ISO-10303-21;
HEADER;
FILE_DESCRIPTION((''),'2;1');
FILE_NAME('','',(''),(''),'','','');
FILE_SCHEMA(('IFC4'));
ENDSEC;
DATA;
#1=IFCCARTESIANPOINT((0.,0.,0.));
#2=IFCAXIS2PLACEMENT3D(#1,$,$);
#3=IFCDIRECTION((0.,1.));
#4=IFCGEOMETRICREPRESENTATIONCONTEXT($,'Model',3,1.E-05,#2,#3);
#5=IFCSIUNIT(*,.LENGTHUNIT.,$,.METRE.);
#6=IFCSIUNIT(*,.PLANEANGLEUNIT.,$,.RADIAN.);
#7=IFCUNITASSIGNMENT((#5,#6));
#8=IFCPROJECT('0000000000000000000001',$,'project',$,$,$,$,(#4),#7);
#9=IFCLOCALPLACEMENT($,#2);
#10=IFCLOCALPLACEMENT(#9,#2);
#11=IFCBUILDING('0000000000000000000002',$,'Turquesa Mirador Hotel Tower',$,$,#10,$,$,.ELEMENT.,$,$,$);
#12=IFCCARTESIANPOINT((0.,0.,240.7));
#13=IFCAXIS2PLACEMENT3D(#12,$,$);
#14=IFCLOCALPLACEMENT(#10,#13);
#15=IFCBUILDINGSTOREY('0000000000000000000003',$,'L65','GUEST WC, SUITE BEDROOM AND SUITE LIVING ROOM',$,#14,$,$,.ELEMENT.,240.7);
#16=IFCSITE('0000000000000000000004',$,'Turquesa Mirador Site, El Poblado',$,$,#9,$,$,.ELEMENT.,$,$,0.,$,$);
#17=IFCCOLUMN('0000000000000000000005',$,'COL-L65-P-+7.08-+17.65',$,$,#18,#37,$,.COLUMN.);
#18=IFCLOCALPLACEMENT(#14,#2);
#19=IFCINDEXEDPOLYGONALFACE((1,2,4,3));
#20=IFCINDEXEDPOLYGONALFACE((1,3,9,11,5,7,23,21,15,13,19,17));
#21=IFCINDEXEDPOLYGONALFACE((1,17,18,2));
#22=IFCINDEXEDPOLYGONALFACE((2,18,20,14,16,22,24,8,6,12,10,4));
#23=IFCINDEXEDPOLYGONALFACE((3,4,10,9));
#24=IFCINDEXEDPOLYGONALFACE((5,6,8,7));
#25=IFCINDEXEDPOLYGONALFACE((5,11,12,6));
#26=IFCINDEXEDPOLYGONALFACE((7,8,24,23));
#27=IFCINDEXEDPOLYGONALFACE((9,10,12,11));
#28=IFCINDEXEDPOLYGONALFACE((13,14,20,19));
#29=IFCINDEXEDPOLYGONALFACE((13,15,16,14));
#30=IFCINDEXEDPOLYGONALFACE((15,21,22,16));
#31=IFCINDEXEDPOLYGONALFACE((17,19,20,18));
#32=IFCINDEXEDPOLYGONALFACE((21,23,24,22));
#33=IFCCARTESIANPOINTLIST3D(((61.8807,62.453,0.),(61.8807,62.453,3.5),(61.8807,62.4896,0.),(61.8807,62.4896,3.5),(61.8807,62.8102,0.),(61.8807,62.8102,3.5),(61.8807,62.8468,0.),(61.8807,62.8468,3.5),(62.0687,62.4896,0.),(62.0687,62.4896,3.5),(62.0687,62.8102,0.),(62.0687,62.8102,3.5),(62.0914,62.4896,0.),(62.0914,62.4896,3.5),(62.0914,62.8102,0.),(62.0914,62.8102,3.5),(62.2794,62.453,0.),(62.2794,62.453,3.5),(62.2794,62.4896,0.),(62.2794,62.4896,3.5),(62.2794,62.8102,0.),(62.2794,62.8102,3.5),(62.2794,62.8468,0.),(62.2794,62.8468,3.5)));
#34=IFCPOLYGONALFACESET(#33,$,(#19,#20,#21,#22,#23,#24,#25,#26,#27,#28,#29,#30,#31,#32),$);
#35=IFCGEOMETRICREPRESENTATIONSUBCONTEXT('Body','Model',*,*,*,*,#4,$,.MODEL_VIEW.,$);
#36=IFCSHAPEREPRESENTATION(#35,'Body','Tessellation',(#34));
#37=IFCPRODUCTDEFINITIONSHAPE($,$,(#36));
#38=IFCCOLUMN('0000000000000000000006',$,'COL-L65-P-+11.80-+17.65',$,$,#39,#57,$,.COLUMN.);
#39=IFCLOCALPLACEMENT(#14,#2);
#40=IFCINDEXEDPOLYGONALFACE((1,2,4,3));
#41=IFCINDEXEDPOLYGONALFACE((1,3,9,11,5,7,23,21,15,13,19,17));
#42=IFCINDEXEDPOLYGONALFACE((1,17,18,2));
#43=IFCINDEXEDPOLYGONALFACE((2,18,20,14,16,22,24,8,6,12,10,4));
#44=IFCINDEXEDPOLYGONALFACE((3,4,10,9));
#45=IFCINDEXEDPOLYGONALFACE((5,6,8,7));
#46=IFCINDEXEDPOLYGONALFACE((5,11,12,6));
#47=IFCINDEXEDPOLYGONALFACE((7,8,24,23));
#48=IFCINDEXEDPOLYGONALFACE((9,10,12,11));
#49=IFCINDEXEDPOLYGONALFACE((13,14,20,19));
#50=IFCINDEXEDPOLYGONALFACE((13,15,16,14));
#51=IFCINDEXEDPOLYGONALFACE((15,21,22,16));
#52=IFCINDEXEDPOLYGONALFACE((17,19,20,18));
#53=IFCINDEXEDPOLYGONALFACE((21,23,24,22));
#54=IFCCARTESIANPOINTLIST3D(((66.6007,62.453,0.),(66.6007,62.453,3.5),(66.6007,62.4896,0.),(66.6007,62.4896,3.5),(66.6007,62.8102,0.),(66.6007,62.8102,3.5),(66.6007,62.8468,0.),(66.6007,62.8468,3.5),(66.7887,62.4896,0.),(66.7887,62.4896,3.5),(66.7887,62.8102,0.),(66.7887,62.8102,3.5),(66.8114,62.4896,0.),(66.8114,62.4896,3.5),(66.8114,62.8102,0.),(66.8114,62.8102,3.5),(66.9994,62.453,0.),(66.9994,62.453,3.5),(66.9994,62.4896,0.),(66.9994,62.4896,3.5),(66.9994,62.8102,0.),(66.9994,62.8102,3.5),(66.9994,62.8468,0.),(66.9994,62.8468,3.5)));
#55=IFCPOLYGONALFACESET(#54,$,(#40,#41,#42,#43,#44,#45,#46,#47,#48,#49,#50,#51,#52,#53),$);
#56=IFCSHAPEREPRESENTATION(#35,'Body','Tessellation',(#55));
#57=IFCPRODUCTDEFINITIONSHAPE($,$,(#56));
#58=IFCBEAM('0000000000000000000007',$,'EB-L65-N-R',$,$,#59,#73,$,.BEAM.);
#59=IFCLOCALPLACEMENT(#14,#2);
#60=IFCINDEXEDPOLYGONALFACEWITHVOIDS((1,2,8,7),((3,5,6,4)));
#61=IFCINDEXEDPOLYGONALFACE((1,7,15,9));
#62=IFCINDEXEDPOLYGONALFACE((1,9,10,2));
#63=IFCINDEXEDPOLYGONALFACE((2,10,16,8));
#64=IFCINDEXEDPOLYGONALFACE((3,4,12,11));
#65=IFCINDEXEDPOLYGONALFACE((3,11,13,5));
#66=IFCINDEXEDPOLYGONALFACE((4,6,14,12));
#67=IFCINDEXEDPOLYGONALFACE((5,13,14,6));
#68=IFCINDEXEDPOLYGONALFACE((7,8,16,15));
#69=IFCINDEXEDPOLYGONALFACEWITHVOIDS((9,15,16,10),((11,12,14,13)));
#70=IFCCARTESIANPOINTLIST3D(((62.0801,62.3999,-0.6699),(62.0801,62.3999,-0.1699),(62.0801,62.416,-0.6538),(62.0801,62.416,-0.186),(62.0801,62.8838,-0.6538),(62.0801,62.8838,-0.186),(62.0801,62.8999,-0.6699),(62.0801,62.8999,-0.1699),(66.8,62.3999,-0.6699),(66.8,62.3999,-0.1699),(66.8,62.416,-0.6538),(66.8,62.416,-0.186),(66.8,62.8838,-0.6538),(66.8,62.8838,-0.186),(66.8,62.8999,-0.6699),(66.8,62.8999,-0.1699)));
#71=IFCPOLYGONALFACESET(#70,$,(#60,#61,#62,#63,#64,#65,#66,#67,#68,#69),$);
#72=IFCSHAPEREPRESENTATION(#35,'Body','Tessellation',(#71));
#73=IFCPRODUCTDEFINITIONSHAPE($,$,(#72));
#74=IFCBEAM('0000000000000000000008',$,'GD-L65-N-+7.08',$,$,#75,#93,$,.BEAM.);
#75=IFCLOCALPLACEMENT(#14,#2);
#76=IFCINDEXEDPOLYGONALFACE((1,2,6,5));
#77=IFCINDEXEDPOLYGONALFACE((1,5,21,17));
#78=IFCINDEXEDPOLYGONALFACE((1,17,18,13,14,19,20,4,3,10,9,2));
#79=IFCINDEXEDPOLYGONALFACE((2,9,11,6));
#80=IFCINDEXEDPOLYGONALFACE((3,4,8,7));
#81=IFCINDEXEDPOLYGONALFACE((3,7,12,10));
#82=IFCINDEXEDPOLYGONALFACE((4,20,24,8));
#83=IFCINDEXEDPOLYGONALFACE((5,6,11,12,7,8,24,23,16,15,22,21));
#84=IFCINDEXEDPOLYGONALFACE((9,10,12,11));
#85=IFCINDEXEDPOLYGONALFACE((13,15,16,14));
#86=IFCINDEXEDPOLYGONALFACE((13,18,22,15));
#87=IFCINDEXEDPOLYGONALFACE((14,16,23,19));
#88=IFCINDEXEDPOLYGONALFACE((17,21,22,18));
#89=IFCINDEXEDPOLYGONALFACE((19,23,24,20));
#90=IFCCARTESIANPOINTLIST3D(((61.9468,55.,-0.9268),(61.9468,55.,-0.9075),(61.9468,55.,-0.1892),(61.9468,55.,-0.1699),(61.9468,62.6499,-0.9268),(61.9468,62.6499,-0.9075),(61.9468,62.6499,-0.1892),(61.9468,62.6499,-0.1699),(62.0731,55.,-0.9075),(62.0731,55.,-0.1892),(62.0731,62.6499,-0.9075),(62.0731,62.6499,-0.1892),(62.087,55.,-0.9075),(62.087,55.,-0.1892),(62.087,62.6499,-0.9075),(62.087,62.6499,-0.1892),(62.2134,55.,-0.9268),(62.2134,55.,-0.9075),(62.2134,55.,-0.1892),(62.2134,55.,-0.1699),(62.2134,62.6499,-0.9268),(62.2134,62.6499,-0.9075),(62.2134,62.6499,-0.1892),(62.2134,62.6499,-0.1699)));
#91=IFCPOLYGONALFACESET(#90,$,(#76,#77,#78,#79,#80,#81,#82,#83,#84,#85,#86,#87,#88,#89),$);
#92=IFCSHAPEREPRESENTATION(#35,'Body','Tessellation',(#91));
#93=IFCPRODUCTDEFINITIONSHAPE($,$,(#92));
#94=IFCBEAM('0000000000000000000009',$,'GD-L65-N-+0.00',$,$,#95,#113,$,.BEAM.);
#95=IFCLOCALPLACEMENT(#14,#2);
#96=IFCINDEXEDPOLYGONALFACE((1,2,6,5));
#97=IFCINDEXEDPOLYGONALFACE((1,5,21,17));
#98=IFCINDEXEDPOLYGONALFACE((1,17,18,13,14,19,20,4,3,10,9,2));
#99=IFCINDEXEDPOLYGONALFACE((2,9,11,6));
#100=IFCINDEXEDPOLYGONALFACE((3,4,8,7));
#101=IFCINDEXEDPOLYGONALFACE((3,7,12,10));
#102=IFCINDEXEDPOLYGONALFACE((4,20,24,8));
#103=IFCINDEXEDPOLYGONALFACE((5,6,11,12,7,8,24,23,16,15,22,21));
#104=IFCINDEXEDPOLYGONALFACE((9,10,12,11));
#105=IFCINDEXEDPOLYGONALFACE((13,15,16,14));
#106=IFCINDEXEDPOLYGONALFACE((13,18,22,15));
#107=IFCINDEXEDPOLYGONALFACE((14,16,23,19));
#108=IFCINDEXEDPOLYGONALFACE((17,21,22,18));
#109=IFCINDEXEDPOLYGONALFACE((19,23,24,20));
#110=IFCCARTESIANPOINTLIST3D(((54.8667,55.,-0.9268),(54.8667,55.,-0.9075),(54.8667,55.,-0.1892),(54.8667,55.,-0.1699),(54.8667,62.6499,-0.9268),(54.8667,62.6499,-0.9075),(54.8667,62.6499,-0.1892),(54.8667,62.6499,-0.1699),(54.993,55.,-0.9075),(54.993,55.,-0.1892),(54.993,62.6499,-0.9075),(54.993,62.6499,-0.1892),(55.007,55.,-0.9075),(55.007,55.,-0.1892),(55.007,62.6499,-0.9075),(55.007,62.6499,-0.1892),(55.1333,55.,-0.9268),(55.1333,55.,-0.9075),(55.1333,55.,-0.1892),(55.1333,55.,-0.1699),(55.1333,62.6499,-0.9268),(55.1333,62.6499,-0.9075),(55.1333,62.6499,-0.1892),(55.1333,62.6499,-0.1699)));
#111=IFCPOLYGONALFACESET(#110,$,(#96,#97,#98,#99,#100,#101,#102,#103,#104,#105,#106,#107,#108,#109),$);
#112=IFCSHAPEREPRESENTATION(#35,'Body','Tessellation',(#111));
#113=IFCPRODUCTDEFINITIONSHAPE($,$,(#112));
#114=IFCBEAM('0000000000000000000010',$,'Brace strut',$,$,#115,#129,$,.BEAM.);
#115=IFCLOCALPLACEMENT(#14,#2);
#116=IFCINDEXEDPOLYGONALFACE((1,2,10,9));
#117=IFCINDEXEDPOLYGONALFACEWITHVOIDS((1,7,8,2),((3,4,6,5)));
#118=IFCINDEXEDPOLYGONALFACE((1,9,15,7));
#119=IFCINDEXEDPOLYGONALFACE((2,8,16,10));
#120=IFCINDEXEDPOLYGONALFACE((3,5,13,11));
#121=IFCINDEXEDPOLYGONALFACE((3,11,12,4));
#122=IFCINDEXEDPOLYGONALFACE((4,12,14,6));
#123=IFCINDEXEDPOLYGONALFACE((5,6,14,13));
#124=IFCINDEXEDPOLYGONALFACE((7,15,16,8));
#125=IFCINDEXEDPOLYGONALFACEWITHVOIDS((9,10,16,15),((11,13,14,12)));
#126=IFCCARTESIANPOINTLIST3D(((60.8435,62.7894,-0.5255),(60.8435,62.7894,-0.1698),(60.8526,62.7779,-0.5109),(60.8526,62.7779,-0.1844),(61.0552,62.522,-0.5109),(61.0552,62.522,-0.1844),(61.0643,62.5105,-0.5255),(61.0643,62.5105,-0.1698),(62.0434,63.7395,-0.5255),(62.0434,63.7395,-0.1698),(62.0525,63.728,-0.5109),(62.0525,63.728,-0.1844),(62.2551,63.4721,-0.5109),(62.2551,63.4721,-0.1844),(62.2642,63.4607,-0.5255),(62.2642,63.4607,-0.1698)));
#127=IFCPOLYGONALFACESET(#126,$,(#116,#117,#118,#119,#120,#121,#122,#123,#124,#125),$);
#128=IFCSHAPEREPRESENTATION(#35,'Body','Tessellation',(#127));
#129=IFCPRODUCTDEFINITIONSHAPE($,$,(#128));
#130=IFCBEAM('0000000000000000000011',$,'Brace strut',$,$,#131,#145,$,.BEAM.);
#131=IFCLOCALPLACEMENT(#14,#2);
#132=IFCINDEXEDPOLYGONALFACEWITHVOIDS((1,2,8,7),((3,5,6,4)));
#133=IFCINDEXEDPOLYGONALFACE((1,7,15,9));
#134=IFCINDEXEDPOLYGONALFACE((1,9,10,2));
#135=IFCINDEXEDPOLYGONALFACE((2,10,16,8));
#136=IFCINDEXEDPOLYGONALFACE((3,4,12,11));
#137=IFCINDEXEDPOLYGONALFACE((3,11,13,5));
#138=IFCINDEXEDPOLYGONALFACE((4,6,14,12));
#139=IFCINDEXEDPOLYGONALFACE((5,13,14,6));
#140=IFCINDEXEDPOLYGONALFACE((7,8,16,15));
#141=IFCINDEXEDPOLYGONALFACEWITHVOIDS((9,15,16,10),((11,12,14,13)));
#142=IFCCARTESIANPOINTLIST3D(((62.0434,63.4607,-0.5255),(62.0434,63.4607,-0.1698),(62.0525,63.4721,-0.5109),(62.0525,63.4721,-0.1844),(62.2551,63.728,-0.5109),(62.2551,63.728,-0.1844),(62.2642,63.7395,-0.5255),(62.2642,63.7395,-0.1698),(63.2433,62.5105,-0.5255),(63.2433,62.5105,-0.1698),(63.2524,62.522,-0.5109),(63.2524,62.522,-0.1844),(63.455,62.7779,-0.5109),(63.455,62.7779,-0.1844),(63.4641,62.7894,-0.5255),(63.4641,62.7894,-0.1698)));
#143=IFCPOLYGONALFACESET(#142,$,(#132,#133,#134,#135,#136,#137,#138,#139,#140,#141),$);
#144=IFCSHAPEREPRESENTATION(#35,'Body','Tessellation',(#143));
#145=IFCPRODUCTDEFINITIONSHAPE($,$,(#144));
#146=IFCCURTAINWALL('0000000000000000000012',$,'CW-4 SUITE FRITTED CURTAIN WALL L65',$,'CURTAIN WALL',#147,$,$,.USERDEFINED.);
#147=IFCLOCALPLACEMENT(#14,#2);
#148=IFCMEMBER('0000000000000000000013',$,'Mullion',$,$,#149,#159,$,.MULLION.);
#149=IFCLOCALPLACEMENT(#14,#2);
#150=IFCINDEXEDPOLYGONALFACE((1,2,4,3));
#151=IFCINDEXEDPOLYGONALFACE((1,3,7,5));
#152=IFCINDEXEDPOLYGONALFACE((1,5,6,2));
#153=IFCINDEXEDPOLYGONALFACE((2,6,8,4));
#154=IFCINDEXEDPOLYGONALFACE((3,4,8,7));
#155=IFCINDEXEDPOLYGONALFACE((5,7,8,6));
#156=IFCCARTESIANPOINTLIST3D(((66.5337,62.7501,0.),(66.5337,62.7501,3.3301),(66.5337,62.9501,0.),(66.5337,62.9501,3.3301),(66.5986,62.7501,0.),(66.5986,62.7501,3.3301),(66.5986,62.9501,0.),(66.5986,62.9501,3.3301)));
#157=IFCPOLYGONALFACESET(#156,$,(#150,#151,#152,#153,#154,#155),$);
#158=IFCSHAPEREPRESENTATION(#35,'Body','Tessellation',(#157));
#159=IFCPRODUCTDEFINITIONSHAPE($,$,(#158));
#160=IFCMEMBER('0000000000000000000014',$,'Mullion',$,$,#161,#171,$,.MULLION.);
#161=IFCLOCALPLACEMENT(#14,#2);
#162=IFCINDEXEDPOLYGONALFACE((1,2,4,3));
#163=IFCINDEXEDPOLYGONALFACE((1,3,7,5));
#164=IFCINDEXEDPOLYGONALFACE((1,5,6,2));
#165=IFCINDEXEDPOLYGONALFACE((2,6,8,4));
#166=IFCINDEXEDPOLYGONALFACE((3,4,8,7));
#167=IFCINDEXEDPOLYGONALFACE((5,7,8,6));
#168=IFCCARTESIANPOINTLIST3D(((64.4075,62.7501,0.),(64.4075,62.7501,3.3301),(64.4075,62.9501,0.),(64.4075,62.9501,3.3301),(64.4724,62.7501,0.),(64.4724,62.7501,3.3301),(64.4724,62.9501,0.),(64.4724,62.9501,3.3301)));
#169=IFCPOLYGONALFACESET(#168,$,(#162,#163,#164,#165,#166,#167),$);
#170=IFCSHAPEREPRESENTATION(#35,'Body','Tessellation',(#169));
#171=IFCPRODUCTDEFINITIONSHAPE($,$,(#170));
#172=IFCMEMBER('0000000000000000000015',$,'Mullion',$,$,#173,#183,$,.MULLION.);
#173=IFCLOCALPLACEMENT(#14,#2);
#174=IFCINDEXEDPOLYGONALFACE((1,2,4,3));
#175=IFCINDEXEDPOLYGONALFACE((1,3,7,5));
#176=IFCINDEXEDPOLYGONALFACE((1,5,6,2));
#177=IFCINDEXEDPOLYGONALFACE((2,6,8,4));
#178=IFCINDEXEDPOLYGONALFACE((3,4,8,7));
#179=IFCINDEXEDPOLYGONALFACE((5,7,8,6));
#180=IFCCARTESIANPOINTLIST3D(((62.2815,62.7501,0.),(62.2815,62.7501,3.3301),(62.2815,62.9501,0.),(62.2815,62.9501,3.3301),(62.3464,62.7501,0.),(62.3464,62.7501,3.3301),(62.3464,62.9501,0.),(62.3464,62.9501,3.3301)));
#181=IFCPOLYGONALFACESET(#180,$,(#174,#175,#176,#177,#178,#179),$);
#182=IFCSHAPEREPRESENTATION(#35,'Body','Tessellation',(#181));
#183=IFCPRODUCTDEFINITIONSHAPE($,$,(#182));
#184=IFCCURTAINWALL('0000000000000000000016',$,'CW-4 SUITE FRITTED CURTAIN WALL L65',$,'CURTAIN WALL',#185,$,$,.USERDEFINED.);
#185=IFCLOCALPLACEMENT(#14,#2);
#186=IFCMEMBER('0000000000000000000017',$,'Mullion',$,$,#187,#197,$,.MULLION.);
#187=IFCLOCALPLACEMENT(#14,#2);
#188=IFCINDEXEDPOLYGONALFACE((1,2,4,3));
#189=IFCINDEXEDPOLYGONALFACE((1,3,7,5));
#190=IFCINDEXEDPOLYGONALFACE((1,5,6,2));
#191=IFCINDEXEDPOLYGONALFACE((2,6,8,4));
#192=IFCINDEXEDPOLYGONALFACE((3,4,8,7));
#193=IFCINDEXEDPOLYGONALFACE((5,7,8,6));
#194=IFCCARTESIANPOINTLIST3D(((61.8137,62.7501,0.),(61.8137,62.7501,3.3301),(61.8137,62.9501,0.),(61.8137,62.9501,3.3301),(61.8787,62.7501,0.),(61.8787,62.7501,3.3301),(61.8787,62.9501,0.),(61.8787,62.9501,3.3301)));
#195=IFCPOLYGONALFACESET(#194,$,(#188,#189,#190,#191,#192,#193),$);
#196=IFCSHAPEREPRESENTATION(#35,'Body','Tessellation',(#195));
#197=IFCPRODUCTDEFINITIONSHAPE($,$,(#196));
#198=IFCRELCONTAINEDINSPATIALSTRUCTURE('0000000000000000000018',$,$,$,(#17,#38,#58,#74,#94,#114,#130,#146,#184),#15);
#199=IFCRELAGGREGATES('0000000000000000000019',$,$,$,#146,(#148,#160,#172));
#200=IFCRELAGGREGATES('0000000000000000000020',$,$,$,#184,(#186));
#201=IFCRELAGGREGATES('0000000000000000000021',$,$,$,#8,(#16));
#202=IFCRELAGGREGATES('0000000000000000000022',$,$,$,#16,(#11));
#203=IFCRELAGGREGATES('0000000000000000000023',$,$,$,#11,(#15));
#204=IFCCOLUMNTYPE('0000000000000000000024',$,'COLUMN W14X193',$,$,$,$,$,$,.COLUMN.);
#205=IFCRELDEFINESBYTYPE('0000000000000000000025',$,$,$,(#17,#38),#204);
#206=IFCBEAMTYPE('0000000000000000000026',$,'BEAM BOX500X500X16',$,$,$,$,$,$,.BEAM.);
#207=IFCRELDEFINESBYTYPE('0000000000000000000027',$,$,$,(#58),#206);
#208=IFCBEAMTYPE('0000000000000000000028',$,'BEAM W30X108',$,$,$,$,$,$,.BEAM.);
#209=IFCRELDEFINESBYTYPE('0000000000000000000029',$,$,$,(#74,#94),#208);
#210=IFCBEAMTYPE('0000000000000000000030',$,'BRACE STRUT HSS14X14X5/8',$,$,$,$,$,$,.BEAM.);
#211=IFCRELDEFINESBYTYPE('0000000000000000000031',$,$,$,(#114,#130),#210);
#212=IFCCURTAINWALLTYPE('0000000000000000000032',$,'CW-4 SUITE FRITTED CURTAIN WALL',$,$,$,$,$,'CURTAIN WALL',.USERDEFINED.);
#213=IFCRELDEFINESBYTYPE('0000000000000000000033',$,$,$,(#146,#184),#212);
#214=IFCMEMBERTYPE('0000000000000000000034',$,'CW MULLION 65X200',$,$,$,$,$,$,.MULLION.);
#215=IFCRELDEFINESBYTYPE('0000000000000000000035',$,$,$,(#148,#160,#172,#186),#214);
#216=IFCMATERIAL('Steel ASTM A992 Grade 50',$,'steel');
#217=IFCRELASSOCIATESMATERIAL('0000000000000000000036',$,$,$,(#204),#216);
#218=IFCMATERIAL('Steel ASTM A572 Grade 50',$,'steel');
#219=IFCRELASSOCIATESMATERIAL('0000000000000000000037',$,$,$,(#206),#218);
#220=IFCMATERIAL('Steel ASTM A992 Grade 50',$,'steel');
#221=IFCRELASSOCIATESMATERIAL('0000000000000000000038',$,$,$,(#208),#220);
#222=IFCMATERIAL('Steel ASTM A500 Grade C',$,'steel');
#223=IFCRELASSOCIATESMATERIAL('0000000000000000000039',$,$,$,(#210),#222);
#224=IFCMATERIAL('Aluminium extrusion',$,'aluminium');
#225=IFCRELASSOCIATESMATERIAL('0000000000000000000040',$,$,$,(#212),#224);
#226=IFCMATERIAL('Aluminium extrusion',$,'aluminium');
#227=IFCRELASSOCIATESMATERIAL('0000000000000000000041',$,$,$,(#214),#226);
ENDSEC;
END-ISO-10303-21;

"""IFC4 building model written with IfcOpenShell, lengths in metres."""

from ifc_helpers import new_model, si_unit, direction, frame, origin, origin_2d, place, context, subcontext, project, spatial, rectangle, hollow_rectangle, i_section, extrude, material, material_profile, profile_set, type_object, element, aggregate, save


model = new_model("IFC4")

# Units and contexts
model_context = context("Model", 3, precision=1e-05, world=origin(), true_north=direction((0.0, 1.0)))
body_context = subcontext(model_context, "Body", "Model", "MODEL_VIEW")
ifc_project = project(units=[si_unit("LENGTHUNIT", "METRE"), si_unit("PLANEANGLEUNIT", "RADIAN")], contexts=[model_context])

# Site, building, storey
site_placement = place(None, origin())
site = spatial("IfcSite", under=ifc_project, at=site_placement, Name="Turquesa Mirador Site, El Poblado", CompositionType="ELEMENT", RefElevation=0.0)
building_placement = place(site_placement, origin())
building = spatial("IfcBuilding", under=site, at=building_placement, Name="Turquesa Mirador Hotel Tower", CompositionType="ELEMENT")
storey_placement = place(building_placement, frame((0.0, 0.0, 240.7)))
storey = spatial("IfcBuildingStorey", under=building, at=storey_placement, Name="L65", Description="GUEST WC, SUITE BEDROOM AND SUITE LIVING ROOM", CompositionType="ELEMENT", Elevation=240.7)

# Columns
ifc_material_1 = material(Name="Steel ASTM A992 Grade 50", Category="steel")
ifc_material_profile_1 = material_profile(ifc_material_1, i_section(OverallWidth=0.3987, OverallDepth=0.3938, WebThickness=0.0227, FlangeThickness=0.0366, at=origin_2d()), Name="W14X193")
ifc_profile_set_1 = profile_set([ifc_material_profile_1], Name="Steel ASTM A992 Grade 50")
column_type = type_object("IfcColumnType", Name="COLUMN W14X193", PredefinedType="COLUMN", material=ifc_profile_set_1)
for number, where, z_axis, x_axis, name in (
    (1, (62.0801, 62.6499, 0.0), (0.0, 0.0, 1.0), (1.0, 0.0, 0.0), "COL-L65-P-+7.08-+17.65"),
    (2, (66.8, 62.6499, 0.0), (0.0, 0.0, 1.0), (1.0, 0.0, 0.0), "COL-L65-P-+11.80-+17.65"),
):
    element("IfcColumn", number, at=place(storey_placement, frame(where, z_axis=z_axis, x_axis=x_axis)), inside=storey, type_object=column_type, Name=name, PredefinedType="COLUMN", context=body_context, shape_type="SweptSolid", body=[
        extrude(i_section(OverallWidth=0.3987, OverallDepth=0.3938, WebThickness=0.0227, FlangeThickness=0.0366, at=origin_2d()), origin(), (0.0, 0.0, 1.0), 3.5),
    ])

# Beams
ifc_material_2 = material(Name="Steel ASTM A572 Grade 50", Category="steel")
ifc_material_profile_2 = material_profile(ifc_material_2, hollow_rectangle(XDim=0.5, YDim=0.5, WallThickness=0.0161, at=origin_2d()), Name="BOX500X500X16")
ifc_profile_set_2 = profile_set([ifc_material_profile_2], Name="Steel ASTM A572 Grade 50")
beam_type_1 = type_object("IfcBeamType", Name="BEAM BOX500X500X16", PredefinedType="BEAM", material=ifc_profile_set_2)
beam_placement = place(storey_placement, frame((62.0801, 62.6499, -0.4199), z_axis=(1.0, 0.0, 0.0), x_axis=(0.0, 1.0, 0.0)))
element("IfcBeam", 3, at=beam_placement, inside=storey, type_object=beam_type_1, Name="EB-L65-N-R", PredefinedType="BEAM", context=body_context, shape_type="SweptSolid", body=[
    extrude(hollow_rectangle(XDim=0.5, YDim=0.5, WallThickness=0.0161, at=origin_2d()), origin(), (0.0, 0.0, 1.0), 4.72),
])
ifc_material_3 = material(Name="Steel ASTM A992 Grade 50", Category="steel")
ifc_material_profile_3 = material_profile(ifc_material_3, i_section(OverallWidth=0.2666, OverallDepth=0.7568, WebThickness=0.0139, FlangeThickness=0.0193, at=origin_2d()), Name="W30X108")
ifc_profile_set_3 = profile_set([ifc_material_profile_3], Name="Steel ASTM A992 Grade 50")
beam_type_2 = type_object("IfcBeamType", Name="BEAM W30X108", PredefinedType="BEAM", material=ifc_profile_set_3)
for number, where, z_axis, x_axis, name in (
    (4, (62.0801, 62.6499, -0.5483), (0.0, -1.0, 0.0), (1.0, 0.0, 0.0), "GD-L65-N-+7.08"),
    (5, (55.0, 62.6499, -0.5483), (0.0, -1.0, 0.0), (1.0, 0.0, 0.0), "GD-L65-N-+0.00"),
):
    element("IfcBeam", number, at=place(storey_placement, frame(where, z_axis=z_axis, x_axis=x_axis)), inside=storey, type_object=beam_type_2, Name=name, PredefinedType="BEAM", context=body_context, shape_type="SweptSolid", body=[
        extrude(i_section(OverallWidth=0.2666, OverallDepth=0.7568, WebThickness=0.0139, FlangeThickness=0.0193, at=origin_2d()), origin(), (0.0, 0.0, 1.0), 7.6499),
    ])
ifc_material_4 = material(Name="Steel ASTM A500 Grade C", Category="steel")
ifc_material_profile_4 = material_profile(ifc_material_4, hollow_rectangle(XDim=0.3557, YDim=0.3557, WallThickness=0.0146, at=origin_2d()), Name="HSS14X14X5/8")
ifc_profile_set_4 = profile_set([ifc_material_profile_4], Name="Steel ASTM A500 Grade C")
beam_type_3 = type_object("IfcBeamType", Name="BRACE STRUT HSS14X14X5/8", PredefinedType="BEAM", material=ifc_profile_set_4)
for number, where, z_axis, x_axis, name in (
    (6, (62.1538, 63.6001, -0.3477), (-0.783971, -0.620797, 0.0), (0.620797, -0.783971, 0.0), "Brace strut"),
    (7, (62.1538, 63.6001, -0.3477), (0.783971, -0.620797, 0.0), (0.620797, 0.783971, 0.0), "Brace strut"),
):
    element("IfcBeam", number, at=place(storey_placement, frame(where, z_axis=z_axis, x_axis=x_axis)), inside=storey, type_object=beam_type_3, Name=name, PredefinedType="BEAM", context=body_context, shape_type="SweptSolid", body=[
        extrude(hollow_rectangle(XDim=0.3557, YDim=0.3557, WallThickness=0.0146, at=origin_2d()), origin(), (0.0, 0.0, 1.0), 1.5305),
    ])

# Curtain walls, members
ifc_material_5 = material(Name="Aluminium extrusion", Category="aluminium")
curtain_wall_type = type_object("IfcCurtainWallType", Name="CW-4 SUITE FRITTED CURTAIN WALL", ElementType="CURTAIN WALL", PredefinedType="USERDEFINED", material=ifc_material_5)
curtain_wall_1_placement = place(storey_placement, origin())
curtain_wall_1 = element("IfcCurtainWall", 8, at=curtain_wall_1_placement, inside=storey, type_object=curtain_wall_type, Name="CW-4 SUITE FRITTED CURTAIN WALL L65", ObjectType="CURTAIN WALL", PredefinedType="USERDEFINED")
ifc_material_6 = material(Name="Aluminium extrusion", Category="aluminium")
ifc_material_profile_5 = material_profile(ifc_material_6, rectangle(XDim=0.0649, YDim=0.2, at=origin_2d()), Name="MULLION 65X200")
ifc_profile_set_5 = profile_set([ifc_material_profile_5], Name="Aluminium extrusion")
member_type_1 = type_object("IfcMemberType", Name="CW MULLION 65X200", PredefinedType="MULLION", material=ifc_profile_set_5)
member_1_placement = place(storey_placement, frame((66.5662, 62.8501, 0.0), z_axis=(0.0, 0.0, 1.0), x_axis=(-1.0, 0.0, 0.0)))
member_1 = element("IfcMember", 9, at=member_1_placement, type_object=member_type_1, Name="Mullion", PredefinedType="MULLION", context=body_context, shape_type="SweptSolid", body=[
    extrude(rectangle(XDim=0.0649, YDim=0.2, at=origin_2d()), origin(), (0.0, 0.0, 1.0), 3.3301),
])
member_2_placement = place(storey_placement, frame((64.4399, 62.8501, 0.0), z_axis=(0.0, 0.0, 1.0), x_axis=(-1.0, 0.0, 0.0)))
member_2 = element("IfcMember", 10, at=member_2_placement, type_object=member_type_1, Name="Mullion", PredefinedType="MULLION", context=body_context, shape_type="SweptSolid", body=[
    extrude(rectangle(XDim=0.0649, YDim=0.2, at=origin_2d()), origin(), (0.0, 0.0, 1.0), 3.3301),
])
member_3_placement = place(storey_placement, frame((62.314, 62.8501, 0.0), z_axis=(0.0, 0.0, 1.0), x_axis=(-1.0, 0.0, 0.0)))
member_3 = element("IfcMember", 11, at=member_3_placement, type_object=member_type_1, Name="Mullion", PredefinedType="MULLION", context=body_context, shape_type="SweptSolid", body=[
    extrude(rectangle(XDim=0.0649, YDim=0.2, at=origin_2d()), origin(), (0.0, 0.0, 1.0), 3.3301),
])
curtain_wall_2_placement = place(storey_placement, origin())
curtain_wall_2 = element("IfcCurtainWall", 12, at=curtain_wall_2_placement, inside=storey, type_object=curtain_wall_type, Name="CW-4 SUITE FRITTED CURTAIN WALL L65", ObjectType="CURTAIN WALL", PredefinedType="USERDEFINED")
member_4_placement = place(storey_placement, frame((61.8462, 62.8501, 0.0), z_axis=(0.0, 0.0, 1.0), x_axis=(-1.0, 0.0, 0.0)))
member_4 = element("IfcMember", 13, at=member_4_placement, type_object=member_type_1, Name="Mullion", PredefinedType="MULLION", context=body_context, shape_type="SweptSolid", body=[
    extrude(rectangle(XDim=0.0649, YDim=0.2, at=origin_2d()), origin(), (0.0, 0.0, 1.0), 3.3301),
])

aggregate(curtain_wall_1, [member_1, member_2, member_3])
aggregate(curtain_wall_2, [member_4])

save(model, "model.ifc")
